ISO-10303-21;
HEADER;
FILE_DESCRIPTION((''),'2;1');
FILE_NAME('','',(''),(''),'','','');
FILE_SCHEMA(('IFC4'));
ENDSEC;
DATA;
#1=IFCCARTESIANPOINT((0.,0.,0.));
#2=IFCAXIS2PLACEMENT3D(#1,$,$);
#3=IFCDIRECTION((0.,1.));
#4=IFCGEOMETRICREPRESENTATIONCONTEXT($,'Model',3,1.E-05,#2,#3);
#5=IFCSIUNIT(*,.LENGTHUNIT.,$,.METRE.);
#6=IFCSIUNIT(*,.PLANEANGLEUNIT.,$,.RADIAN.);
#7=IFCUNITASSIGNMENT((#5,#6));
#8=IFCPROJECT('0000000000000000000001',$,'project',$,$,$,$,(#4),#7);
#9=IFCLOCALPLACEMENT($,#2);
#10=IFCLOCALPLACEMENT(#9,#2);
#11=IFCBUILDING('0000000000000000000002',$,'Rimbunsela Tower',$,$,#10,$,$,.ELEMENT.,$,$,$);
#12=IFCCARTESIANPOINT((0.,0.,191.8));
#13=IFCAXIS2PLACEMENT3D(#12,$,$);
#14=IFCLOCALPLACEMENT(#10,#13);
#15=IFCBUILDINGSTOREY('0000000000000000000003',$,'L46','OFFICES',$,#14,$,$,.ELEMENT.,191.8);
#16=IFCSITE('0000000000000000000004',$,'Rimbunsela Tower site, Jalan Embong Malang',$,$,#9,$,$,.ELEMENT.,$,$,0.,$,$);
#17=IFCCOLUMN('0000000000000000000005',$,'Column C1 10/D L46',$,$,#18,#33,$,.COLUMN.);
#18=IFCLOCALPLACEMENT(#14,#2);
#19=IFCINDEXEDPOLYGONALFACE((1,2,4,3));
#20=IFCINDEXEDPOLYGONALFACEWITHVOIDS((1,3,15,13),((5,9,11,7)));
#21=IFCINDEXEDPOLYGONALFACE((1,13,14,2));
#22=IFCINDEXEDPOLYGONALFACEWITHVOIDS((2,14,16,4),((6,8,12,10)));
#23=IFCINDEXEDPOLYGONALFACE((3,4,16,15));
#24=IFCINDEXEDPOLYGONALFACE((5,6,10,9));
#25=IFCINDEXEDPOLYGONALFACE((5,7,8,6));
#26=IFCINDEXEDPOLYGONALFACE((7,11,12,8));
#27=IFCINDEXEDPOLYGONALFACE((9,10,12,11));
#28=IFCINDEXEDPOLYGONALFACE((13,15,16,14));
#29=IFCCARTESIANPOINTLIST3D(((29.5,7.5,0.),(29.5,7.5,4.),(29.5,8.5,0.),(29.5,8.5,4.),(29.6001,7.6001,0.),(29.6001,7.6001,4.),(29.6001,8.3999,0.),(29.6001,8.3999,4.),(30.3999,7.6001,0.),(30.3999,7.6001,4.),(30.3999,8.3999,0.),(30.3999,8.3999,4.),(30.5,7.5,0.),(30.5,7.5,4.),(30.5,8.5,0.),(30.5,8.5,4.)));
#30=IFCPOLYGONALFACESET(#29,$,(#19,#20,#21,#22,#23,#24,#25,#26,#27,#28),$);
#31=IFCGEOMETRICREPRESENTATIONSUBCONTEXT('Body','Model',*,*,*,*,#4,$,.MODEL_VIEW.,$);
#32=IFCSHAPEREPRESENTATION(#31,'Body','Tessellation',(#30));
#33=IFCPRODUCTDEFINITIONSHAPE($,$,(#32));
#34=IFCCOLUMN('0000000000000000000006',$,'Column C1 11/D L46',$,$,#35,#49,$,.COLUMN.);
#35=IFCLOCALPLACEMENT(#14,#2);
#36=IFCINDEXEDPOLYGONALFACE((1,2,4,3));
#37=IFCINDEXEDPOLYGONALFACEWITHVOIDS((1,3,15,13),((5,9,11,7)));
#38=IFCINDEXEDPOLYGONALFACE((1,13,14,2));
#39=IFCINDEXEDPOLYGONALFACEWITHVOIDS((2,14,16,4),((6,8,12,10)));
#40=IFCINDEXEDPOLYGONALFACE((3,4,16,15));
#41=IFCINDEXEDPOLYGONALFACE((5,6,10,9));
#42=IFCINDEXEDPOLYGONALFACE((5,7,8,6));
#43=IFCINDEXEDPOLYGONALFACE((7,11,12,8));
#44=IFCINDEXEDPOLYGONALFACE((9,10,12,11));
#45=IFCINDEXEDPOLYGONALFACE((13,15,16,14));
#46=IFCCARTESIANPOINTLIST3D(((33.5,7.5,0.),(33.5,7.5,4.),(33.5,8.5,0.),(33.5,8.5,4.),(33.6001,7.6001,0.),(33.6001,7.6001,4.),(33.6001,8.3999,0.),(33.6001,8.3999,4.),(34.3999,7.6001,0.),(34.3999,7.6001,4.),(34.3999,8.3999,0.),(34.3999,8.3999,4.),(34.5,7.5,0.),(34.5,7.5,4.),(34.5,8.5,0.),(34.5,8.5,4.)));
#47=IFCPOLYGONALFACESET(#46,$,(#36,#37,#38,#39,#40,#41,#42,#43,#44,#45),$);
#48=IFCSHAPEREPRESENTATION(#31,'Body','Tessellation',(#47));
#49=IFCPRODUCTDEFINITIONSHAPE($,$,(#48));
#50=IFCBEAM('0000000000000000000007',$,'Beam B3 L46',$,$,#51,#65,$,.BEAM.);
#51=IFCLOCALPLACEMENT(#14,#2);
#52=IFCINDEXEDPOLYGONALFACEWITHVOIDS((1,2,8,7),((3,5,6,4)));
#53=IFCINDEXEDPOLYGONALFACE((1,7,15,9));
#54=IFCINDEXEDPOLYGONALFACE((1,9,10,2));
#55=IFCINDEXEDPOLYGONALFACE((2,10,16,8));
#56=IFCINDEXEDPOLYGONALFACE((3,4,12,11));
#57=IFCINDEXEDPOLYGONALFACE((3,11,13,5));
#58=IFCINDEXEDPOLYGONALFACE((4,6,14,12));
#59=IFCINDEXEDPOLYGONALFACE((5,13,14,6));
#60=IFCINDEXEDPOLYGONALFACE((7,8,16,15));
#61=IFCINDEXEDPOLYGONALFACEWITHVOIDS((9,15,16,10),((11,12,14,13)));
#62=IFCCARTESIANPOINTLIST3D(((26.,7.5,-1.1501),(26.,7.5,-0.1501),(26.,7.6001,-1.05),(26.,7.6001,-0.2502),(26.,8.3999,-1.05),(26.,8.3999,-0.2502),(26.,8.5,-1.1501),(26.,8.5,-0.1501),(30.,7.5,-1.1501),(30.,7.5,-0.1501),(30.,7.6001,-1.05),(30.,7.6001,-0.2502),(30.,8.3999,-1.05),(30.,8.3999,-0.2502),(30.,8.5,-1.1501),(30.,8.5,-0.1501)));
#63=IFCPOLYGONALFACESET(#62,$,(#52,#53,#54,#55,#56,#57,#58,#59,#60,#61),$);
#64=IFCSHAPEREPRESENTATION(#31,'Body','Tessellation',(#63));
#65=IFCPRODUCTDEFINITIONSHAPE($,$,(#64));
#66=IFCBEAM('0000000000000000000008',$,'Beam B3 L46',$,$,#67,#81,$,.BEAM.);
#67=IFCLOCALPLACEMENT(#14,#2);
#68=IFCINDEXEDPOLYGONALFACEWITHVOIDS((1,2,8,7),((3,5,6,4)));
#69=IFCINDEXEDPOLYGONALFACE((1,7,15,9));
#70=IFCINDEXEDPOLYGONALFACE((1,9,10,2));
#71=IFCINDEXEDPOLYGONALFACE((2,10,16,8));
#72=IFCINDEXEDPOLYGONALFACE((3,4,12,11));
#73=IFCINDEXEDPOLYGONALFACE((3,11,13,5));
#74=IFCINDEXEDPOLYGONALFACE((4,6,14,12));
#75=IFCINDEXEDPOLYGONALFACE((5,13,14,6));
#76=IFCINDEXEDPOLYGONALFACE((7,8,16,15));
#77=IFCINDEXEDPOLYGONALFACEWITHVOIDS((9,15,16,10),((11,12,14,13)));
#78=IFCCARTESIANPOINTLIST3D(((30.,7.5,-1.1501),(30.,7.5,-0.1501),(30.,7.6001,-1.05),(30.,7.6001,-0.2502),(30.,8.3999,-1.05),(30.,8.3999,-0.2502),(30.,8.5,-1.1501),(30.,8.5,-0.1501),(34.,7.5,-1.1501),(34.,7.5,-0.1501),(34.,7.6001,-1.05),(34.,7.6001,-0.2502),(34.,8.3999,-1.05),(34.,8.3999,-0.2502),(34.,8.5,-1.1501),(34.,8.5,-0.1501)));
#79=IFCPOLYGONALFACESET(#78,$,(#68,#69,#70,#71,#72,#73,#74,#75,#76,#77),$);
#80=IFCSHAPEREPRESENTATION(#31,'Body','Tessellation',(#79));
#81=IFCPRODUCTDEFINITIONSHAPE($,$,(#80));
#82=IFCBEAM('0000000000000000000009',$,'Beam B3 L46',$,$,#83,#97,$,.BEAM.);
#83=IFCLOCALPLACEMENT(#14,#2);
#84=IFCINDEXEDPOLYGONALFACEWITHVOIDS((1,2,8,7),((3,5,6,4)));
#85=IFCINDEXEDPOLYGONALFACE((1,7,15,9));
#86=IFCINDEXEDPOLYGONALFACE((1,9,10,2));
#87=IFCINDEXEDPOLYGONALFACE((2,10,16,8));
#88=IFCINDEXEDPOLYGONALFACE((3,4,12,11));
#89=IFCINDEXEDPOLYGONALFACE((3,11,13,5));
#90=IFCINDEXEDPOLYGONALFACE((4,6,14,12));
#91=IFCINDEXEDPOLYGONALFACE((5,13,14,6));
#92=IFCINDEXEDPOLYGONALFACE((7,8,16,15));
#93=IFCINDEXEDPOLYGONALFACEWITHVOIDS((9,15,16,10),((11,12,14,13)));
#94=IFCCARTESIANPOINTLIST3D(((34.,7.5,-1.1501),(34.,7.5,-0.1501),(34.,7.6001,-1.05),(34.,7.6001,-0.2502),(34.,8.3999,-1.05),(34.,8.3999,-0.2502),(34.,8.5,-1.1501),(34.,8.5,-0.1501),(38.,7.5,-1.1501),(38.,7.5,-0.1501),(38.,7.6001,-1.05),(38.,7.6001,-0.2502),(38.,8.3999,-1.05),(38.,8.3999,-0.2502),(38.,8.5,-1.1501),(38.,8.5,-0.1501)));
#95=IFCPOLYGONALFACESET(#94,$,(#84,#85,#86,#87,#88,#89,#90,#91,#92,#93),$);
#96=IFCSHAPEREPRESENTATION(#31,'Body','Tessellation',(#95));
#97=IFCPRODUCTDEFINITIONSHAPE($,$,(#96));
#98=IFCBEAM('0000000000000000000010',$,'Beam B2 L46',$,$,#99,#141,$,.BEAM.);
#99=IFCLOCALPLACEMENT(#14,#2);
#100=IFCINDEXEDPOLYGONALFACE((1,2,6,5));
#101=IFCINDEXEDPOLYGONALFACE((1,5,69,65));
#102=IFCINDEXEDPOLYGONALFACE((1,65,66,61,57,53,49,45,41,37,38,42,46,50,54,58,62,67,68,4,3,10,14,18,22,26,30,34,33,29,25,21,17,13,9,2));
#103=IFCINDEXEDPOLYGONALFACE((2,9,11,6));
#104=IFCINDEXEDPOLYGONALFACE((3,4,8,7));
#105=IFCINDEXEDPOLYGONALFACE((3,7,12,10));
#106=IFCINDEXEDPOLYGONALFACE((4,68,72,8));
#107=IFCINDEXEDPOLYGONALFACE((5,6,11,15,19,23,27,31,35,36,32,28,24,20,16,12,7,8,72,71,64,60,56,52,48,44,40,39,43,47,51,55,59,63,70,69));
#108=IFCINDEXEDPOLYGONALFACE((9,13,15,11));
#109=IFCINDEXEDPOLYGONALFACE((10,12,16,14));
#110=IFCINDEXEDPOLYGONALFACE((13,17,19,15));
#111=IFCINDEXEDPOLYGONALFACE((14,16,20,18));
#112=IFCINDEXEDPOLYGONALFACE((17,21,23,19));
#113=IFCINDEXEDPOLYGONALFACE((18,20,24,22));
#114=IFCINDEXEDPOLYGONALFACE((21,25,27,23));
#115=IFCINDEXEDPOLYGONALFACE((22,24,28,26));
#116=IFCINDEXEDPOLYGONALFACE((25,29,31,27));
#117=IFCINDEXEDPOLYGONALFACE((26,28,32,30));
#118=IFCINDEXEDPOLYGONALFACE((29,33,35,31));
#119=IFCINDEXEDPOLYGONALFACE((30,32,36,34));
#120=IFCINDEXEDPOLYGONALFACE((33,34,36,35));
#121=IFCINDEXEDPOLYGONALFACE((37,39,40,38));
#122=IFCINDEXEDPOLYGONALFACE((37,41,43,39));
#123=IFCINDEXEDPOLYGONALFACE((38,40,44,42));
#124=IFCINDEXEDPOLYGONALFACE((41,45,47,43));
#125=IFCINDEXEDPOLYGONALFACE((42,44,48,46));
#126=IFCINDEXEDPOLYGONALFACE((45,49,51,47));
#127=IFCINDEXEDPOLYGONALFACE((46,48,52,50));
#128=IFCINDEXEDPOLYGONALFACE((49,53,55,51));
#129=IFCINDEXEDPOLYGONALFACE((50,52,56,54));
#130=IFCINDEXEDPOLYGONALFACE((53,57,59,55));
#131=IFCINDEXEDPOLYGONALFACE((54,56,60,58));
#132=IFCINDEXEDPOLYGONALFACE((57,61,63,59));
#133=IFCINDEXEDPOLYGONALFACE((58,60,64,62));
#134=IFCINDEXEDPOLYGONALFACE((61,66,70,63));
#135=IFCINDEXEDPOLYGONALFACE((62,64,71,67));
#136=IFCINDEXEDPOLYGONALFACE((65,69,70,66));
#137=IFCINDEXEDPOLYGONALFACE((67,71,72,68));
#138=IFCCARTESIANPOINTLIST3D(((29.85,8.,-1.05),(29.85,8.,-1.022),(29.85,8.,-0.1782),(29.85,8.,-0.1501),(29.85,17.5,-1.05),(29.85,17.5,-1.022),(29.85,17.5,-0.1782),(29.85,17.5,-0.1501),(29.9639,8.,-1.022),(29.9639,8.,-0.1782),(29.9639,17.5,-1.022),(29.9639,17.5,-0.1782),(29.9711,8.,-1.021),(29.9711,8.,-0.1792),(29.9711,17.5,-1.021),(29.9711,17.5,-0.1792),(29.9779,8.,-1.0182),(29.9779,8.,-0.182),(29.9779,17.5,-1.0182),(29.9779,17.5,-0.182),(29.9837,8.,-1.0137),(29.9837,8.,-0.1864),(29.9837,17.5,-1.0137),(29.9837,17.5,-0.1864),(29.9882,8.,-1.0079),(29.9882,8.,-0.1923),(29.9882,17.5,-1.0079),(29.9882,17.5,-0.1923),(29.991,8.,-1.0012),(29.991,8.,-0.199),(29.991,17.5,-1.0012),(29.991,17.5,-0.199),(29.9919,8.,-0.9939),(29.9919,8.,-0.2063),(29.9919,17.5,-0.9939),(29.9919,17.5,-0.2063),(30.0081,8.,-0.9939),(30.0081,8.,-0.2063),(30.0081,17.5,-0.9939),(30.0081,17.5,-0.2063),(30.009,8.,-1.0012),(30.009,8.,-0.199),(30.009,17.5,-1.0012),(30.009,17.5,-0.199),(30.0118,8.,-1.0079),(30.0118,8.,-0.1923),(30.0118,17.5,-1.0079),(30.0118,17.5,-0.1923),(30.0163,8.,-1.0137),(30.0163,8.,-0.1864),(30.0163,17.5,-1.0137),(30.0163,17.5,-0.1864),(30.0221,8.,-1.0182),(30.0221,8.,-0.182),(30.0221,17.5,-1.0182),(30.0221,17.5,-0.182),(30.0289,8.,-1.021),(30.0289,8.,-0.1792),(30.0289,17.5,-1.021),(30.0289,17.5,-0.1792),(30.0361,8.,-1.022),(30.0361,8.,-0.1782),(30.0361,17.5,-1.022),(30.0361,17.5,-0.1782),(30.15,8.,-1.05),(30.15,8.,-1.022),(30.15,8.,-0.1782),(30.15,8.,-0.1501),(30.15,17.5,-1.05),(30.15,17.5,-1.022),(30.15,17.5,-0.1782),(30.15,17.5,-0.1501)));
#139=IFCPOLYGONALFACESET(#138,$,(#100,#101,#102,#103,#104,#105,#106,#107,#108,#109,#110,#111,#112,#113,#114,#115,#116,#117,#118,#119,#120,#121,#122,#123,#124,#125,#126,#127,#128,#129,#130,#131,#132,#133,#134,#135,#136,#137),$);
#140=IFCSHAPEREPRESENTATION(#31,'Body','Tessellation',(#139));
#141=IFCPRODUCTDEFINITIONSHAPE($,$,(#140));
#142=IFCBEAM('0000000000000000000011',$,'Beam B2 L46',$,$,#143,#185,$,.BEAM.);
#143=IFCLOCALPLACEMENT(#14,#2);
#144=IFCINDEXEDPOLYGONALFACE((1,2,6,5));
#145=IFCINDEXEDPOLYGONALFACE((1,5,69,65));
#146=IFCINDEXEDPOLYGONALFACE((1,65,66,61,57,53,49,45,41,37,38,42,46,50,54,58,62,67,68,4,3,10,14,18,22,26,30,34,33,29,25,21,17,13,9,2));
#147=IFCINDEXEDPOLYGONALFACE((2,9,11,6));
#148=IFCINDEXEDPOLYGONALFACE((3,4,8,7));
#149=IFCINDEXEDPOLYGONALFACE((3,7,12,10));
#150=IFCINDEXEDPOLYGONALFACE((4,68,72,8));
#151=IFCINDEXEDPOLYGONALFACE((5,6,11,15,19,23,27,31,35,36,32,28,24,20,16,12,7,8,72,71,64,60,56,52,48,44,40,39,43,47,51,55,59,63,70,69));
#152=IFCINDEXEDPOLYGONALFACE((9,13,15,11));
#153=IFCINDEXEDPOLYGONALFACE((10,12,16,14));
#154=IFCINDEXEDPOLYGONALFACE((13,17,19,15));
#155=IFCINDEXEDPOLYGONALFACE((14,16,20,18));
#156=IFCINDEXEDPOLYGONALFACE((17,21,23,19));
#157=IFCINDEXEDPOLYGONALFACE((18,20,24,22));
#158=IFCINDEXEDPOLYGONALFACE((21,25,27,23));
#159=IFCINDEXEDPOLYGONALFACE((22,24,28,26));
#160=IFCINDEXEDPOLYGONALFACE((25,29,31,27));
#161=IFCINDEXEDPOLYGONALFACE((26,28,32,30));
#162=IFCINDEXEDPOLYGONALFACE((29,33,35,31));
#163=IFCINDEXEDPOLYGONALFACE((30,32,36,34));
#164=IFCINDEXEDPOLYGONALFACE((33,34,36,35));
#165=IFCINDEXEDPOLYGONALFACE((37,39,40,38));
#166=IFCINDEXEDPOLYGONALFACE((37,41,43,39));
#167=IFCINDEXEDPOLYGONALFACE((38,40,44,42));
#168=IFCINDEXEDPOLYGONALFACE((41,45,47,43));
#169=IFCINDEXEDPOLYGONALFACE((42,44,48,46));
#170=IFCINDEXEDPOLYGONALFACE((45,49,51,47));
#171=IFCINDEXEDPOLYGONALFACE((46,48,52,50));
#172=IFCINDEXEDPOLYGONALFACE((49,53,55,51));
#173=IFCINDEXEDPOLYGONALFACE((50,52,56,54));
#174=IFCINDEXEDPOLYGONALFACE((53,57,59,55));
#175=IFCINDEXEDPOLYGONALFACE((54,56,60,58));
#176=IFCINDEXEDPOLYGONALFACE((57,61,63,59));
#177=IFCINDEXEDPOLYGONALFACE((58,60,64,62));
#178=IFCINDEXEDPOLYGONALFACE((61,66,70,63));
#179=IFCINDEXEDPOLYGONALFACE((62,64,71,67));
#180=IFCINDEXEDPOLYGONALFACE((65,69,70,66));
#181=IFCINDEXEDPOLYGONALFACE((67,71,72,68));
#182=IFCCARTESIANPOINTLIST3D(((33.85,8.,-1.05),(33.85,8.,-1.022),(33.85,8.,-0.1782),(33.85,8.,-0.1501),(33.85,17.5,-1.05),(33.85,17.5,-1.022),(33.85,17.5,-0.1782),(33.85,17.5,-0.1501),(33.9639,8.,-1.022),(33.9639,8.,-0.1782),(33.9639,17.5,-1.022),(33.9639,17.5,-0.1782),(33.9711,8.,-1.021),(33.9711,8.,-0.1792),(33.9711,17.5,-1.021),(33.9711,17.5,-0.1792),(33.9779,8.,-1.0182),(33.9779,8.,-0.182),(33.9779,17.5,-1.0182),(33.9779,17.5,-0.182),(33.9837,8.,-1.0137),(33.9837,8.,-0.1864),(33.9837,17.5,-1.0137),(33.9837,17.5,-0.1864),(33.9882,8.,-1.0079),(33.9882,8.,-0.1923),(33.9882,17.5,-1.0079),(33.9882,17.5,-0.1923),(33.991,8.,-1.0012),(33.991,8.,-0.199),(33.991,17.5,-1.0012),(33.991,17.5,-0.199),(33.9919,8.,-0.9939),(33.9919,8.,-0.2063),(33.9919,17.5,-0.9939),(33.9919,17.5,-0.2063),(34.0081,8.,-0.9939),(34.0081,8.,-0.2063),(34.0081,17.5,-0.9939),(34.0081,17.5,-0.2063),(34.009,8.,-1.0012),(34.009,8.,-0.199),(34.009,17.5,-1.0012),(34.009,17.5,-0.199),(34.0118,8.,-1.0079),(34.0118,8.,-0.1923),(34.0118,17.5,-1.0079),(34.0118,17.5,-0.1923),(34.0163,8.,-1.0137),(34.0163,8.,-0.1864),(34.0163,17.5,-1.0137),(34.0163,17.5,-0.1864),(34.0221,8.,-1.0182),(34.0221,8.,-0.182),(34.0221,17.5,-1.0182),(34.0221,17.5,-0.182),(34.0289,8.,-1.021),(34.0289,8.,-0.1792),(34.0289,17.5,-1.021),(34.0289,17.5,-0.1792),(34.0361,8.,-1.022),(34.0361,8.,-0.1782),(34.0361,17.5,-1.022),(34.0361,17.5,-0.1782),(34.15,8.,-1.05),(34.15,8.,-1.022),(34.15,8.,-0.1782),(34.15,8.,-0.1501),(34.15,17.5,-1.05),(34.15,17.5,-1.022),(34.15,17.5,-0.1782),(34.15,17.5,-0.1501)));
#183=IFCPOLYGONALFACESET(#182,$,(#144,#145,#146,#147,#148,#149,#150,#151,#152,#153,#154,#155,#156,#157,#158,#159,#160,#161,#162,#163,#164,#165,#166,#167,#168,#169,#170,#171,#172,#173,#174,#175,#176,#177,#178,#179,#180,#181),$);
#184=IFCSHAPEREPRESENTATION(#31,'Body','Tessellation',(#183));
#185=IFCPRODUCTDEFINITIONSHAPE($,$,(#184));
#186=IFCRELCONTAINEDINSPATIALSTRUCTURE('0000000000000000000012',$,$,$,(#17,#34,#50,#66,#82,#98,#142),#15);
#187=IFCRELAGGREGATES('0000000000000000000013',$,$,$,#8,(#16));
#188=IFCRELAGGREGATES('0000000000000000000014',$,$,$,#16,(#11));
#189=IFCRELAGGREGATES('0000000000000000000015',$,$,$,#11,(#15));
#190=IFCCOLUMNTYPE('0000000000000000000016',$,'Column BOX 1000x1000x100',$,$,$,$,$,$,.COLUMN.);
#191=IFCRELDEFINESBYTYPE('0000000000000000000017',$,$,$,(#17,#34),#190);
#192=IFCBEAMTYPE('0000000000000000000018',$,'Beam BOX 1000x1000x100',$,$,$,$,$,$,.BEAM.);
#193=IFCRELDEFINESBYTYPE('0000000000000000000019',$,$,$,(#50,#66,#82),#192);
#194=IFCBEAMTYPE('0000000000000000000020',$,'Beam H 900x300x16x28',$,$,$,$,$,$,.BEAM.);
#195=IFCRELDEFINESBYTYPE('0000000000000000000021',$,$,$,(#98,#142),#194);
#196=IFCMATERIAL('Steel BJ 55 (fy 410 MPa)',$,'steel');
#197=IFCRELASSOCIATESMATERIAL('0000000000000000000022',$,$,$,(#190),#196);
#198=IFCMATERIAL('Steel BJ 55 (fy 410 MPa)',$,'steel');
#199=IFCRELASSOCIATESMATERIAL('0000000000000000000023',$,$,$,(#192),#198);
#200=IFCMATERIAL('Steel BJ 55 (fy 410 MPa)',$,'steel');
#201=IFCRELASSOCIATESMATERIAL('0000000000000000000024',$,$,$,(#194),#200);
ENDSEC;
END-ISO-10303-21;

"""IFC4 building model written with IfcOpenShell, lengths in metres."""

from ifc_helpers import new_model, si_unit, direction, frame, origin, origin_2d, place, context, subcontext, project, spatial, hollow_rectangle, i_section, extrude, material, material_profile, profile_set, type_object, element, save


model = new_model("IFC4")

# Units and contexts
model_context = context("Model", 3, precision=1e-05, world=origin(), true_north=direction((0.0, 1.0)))
body_context = subcontext(model_context, "Body", "Model", "MODEL_VIEW")
ifc_project = project(units=[si_unit("LENGTHUNIT", "METRE"), si_unit("PLANEANGLEUNIT", "RADIAN")], contexts=[model_context])

# Site, building, storey
site_placement = place(None, origin())
site = spatial("IfcSite", under=ifc_project, at=site_placement, Name="Rimbunsela Tower site, Jalan Embong Malang", CompositionType="ELEMENT", RefElevation=0.0)
building_placement = place(site_placement, origin())
building = spatial("IfcBuilding", under=site, at=building_placement, Name="Rimbunsela Tower", CompositionType="ELEMENT")
storey_placement = place(building_placement, frame((0.0, 0.0, 191.8)))
storey = spatial("IfcBuildingStorey", under=building, at=storey_placement, Name="L46", Description="OFFICES", CompositionType="ELEMENT", Elevation=191.8)

# Columns
ifc_material_1 = material(Name="Steel BJ 55 (fy 410 MPa)", Category="steel")
ifc_material_profile_1 = material_profile(ifc_material_1, hollow_rectangle(XDim=1.0, YDim=1.0, WallThickness=0.1001, at=origin_2d()), Name="BOX 1000x1000x100")
ifc_profile_set_1 = profile_set([ifc_material_profile_1], Name="Steel BJ 55 (fy 410 MPa)")
column_type = type_object("IfcColumnType", Name="Column BOX 1000x1000x100", PredefinedType="COLUMN", material=ifc_profile_set_1)
for number, where, z_axis, x_axis, name in (
    (1, (30.0, 8.0, 0.0), (0.0, 0.0, 1.0), (1.0, 0.0, 0.0), "Column C1 10/D L46"),
    (2, (34.0, 8.0, 0.0), (0.0, 0.0, 1.0), (1.0, 0.0, 0.0), "Column C1 11/D L46"),
):
    element("IfcColumn", number, at=place(storey_placement, frame(where, z_axis=z_axis, x_axis=x_axis)), inside=storey, type_object=column_type, Name=name, PredefinedType="COLUMN", context=body_context, shape_type="SweptSolid", body=[
        extrude(hollow_rectangle(XDim=1.0, YDim=1.0, WallThickness=0.1001, at=origin_2d()), origin(), (0.0, 0.0, 1.0), 4.0),
    ])

# Beams
ifc_material_2 = material(Name="Steel BJ 55 (fy 410 MPa)", Category="steel")
ifc_material_profile_2 = material_profile(ifc_material_2, hollow_rectangle(XDim=1.0, YDim=1.0, WallThickness=0.1001, at=origin_2d()), Name="BOX 1000x1000x100")
ifc_profile_set_2 = profile_set([ifc_material_profile_2], Name="Steel BJ 55 (fy 410 MPa)")
beam_type_1 = type_object("IfcBeamType", Name="Beam BOX 1000x1000x100", PredefinedType="BEAM", material=ifc_profile_set_2)
for number, where, z_axis, x_axis, name in (
    (3, (26.0, 8.0, -0.6501), (1.0, 0.0, 0.0), (0.0, 1.0, 0.0), "Beam B3 L46"),
    (4, (30.0, 8.0, -0.6501), (1.0, 0.0, 0.0), (0.0, 1.0, 0.0), "Beam B3 L46"),
    (5, (34.0, 8.0, -0.6501), (1.0, 0.0, 0.0), (0.0, 1.0, 0.0), "Beam B3 L46"),
):
    element("IfcBeam", number, at=place(storey_placement, frame(where, z_axis=z_axis, x_axis=x_axis)), inside=storey, type_object=beam_type_1, Name=name, PredefinedType="BEAM", context=body_context, shape_type="SweptSolid", body=[
        extrude(hollow_rectangle(XDim=1.0, YDim=1.0, WallThickness=0.1001, at=origin_2d()), origin(), (0.0, 0.0, 1.0), 4.0),
    ])
ifc_material_3 = material(Name="Steel BJ 55 (fy 410 MPa)", Category="steel")
ifc_material_profile_3 = material_profile(ifc_material_3, i_section(OverallWidth=0.3, OverallDepth=0.8999, WebThickness=0.0161, FlangeThickness=0.0281, FilletRadius=0.0281, at=origin_2d()), Name="H 900x300x16x28")
ifc_profile_set_3 = profile_set([ifc_material_profile_3], Name="Steel BJ 55 (fy 410 MPa)")
beam_type_2 = type_object("IfcBeamType", Name="Beam H 900x300x16x28", PredefinedType="BEAM", material=ifc_profile_set_3)
for number, where, z_axis, x_axis, name in (
    (6, (30.0, 8.0, -0.6001), (0.0, 1.0, 0.0), (-1.0, 0.0, 0.0), "Beam B2 L46"),
    (7, (34.0, 8.0, -0.6001), (0.0, 1.0, 0.0), (-1.0, 0.0, 0.0), "Beam B2 L46"),
):
    element("IfcBeam", number, at=place(storey_placement, frame(where, z_axis=z_axis, x_axis=x_axis)), inside=storey, type_object=beam_type_2, Name=name, PredefinedType="BEAM", context=body_context, shape_type="SweptSolid", body=[
        extrude(i_section(OverallWidth=0.3, OverallDepth=0.8999, WebThickness=0.0161, FlangeThickness=0.0281, FilletRadius=0.0281, at=origin_2d()), origin(), (0.0, 0.0, 1.0), 9.5),
    ])

save(model, "model.ifc")
